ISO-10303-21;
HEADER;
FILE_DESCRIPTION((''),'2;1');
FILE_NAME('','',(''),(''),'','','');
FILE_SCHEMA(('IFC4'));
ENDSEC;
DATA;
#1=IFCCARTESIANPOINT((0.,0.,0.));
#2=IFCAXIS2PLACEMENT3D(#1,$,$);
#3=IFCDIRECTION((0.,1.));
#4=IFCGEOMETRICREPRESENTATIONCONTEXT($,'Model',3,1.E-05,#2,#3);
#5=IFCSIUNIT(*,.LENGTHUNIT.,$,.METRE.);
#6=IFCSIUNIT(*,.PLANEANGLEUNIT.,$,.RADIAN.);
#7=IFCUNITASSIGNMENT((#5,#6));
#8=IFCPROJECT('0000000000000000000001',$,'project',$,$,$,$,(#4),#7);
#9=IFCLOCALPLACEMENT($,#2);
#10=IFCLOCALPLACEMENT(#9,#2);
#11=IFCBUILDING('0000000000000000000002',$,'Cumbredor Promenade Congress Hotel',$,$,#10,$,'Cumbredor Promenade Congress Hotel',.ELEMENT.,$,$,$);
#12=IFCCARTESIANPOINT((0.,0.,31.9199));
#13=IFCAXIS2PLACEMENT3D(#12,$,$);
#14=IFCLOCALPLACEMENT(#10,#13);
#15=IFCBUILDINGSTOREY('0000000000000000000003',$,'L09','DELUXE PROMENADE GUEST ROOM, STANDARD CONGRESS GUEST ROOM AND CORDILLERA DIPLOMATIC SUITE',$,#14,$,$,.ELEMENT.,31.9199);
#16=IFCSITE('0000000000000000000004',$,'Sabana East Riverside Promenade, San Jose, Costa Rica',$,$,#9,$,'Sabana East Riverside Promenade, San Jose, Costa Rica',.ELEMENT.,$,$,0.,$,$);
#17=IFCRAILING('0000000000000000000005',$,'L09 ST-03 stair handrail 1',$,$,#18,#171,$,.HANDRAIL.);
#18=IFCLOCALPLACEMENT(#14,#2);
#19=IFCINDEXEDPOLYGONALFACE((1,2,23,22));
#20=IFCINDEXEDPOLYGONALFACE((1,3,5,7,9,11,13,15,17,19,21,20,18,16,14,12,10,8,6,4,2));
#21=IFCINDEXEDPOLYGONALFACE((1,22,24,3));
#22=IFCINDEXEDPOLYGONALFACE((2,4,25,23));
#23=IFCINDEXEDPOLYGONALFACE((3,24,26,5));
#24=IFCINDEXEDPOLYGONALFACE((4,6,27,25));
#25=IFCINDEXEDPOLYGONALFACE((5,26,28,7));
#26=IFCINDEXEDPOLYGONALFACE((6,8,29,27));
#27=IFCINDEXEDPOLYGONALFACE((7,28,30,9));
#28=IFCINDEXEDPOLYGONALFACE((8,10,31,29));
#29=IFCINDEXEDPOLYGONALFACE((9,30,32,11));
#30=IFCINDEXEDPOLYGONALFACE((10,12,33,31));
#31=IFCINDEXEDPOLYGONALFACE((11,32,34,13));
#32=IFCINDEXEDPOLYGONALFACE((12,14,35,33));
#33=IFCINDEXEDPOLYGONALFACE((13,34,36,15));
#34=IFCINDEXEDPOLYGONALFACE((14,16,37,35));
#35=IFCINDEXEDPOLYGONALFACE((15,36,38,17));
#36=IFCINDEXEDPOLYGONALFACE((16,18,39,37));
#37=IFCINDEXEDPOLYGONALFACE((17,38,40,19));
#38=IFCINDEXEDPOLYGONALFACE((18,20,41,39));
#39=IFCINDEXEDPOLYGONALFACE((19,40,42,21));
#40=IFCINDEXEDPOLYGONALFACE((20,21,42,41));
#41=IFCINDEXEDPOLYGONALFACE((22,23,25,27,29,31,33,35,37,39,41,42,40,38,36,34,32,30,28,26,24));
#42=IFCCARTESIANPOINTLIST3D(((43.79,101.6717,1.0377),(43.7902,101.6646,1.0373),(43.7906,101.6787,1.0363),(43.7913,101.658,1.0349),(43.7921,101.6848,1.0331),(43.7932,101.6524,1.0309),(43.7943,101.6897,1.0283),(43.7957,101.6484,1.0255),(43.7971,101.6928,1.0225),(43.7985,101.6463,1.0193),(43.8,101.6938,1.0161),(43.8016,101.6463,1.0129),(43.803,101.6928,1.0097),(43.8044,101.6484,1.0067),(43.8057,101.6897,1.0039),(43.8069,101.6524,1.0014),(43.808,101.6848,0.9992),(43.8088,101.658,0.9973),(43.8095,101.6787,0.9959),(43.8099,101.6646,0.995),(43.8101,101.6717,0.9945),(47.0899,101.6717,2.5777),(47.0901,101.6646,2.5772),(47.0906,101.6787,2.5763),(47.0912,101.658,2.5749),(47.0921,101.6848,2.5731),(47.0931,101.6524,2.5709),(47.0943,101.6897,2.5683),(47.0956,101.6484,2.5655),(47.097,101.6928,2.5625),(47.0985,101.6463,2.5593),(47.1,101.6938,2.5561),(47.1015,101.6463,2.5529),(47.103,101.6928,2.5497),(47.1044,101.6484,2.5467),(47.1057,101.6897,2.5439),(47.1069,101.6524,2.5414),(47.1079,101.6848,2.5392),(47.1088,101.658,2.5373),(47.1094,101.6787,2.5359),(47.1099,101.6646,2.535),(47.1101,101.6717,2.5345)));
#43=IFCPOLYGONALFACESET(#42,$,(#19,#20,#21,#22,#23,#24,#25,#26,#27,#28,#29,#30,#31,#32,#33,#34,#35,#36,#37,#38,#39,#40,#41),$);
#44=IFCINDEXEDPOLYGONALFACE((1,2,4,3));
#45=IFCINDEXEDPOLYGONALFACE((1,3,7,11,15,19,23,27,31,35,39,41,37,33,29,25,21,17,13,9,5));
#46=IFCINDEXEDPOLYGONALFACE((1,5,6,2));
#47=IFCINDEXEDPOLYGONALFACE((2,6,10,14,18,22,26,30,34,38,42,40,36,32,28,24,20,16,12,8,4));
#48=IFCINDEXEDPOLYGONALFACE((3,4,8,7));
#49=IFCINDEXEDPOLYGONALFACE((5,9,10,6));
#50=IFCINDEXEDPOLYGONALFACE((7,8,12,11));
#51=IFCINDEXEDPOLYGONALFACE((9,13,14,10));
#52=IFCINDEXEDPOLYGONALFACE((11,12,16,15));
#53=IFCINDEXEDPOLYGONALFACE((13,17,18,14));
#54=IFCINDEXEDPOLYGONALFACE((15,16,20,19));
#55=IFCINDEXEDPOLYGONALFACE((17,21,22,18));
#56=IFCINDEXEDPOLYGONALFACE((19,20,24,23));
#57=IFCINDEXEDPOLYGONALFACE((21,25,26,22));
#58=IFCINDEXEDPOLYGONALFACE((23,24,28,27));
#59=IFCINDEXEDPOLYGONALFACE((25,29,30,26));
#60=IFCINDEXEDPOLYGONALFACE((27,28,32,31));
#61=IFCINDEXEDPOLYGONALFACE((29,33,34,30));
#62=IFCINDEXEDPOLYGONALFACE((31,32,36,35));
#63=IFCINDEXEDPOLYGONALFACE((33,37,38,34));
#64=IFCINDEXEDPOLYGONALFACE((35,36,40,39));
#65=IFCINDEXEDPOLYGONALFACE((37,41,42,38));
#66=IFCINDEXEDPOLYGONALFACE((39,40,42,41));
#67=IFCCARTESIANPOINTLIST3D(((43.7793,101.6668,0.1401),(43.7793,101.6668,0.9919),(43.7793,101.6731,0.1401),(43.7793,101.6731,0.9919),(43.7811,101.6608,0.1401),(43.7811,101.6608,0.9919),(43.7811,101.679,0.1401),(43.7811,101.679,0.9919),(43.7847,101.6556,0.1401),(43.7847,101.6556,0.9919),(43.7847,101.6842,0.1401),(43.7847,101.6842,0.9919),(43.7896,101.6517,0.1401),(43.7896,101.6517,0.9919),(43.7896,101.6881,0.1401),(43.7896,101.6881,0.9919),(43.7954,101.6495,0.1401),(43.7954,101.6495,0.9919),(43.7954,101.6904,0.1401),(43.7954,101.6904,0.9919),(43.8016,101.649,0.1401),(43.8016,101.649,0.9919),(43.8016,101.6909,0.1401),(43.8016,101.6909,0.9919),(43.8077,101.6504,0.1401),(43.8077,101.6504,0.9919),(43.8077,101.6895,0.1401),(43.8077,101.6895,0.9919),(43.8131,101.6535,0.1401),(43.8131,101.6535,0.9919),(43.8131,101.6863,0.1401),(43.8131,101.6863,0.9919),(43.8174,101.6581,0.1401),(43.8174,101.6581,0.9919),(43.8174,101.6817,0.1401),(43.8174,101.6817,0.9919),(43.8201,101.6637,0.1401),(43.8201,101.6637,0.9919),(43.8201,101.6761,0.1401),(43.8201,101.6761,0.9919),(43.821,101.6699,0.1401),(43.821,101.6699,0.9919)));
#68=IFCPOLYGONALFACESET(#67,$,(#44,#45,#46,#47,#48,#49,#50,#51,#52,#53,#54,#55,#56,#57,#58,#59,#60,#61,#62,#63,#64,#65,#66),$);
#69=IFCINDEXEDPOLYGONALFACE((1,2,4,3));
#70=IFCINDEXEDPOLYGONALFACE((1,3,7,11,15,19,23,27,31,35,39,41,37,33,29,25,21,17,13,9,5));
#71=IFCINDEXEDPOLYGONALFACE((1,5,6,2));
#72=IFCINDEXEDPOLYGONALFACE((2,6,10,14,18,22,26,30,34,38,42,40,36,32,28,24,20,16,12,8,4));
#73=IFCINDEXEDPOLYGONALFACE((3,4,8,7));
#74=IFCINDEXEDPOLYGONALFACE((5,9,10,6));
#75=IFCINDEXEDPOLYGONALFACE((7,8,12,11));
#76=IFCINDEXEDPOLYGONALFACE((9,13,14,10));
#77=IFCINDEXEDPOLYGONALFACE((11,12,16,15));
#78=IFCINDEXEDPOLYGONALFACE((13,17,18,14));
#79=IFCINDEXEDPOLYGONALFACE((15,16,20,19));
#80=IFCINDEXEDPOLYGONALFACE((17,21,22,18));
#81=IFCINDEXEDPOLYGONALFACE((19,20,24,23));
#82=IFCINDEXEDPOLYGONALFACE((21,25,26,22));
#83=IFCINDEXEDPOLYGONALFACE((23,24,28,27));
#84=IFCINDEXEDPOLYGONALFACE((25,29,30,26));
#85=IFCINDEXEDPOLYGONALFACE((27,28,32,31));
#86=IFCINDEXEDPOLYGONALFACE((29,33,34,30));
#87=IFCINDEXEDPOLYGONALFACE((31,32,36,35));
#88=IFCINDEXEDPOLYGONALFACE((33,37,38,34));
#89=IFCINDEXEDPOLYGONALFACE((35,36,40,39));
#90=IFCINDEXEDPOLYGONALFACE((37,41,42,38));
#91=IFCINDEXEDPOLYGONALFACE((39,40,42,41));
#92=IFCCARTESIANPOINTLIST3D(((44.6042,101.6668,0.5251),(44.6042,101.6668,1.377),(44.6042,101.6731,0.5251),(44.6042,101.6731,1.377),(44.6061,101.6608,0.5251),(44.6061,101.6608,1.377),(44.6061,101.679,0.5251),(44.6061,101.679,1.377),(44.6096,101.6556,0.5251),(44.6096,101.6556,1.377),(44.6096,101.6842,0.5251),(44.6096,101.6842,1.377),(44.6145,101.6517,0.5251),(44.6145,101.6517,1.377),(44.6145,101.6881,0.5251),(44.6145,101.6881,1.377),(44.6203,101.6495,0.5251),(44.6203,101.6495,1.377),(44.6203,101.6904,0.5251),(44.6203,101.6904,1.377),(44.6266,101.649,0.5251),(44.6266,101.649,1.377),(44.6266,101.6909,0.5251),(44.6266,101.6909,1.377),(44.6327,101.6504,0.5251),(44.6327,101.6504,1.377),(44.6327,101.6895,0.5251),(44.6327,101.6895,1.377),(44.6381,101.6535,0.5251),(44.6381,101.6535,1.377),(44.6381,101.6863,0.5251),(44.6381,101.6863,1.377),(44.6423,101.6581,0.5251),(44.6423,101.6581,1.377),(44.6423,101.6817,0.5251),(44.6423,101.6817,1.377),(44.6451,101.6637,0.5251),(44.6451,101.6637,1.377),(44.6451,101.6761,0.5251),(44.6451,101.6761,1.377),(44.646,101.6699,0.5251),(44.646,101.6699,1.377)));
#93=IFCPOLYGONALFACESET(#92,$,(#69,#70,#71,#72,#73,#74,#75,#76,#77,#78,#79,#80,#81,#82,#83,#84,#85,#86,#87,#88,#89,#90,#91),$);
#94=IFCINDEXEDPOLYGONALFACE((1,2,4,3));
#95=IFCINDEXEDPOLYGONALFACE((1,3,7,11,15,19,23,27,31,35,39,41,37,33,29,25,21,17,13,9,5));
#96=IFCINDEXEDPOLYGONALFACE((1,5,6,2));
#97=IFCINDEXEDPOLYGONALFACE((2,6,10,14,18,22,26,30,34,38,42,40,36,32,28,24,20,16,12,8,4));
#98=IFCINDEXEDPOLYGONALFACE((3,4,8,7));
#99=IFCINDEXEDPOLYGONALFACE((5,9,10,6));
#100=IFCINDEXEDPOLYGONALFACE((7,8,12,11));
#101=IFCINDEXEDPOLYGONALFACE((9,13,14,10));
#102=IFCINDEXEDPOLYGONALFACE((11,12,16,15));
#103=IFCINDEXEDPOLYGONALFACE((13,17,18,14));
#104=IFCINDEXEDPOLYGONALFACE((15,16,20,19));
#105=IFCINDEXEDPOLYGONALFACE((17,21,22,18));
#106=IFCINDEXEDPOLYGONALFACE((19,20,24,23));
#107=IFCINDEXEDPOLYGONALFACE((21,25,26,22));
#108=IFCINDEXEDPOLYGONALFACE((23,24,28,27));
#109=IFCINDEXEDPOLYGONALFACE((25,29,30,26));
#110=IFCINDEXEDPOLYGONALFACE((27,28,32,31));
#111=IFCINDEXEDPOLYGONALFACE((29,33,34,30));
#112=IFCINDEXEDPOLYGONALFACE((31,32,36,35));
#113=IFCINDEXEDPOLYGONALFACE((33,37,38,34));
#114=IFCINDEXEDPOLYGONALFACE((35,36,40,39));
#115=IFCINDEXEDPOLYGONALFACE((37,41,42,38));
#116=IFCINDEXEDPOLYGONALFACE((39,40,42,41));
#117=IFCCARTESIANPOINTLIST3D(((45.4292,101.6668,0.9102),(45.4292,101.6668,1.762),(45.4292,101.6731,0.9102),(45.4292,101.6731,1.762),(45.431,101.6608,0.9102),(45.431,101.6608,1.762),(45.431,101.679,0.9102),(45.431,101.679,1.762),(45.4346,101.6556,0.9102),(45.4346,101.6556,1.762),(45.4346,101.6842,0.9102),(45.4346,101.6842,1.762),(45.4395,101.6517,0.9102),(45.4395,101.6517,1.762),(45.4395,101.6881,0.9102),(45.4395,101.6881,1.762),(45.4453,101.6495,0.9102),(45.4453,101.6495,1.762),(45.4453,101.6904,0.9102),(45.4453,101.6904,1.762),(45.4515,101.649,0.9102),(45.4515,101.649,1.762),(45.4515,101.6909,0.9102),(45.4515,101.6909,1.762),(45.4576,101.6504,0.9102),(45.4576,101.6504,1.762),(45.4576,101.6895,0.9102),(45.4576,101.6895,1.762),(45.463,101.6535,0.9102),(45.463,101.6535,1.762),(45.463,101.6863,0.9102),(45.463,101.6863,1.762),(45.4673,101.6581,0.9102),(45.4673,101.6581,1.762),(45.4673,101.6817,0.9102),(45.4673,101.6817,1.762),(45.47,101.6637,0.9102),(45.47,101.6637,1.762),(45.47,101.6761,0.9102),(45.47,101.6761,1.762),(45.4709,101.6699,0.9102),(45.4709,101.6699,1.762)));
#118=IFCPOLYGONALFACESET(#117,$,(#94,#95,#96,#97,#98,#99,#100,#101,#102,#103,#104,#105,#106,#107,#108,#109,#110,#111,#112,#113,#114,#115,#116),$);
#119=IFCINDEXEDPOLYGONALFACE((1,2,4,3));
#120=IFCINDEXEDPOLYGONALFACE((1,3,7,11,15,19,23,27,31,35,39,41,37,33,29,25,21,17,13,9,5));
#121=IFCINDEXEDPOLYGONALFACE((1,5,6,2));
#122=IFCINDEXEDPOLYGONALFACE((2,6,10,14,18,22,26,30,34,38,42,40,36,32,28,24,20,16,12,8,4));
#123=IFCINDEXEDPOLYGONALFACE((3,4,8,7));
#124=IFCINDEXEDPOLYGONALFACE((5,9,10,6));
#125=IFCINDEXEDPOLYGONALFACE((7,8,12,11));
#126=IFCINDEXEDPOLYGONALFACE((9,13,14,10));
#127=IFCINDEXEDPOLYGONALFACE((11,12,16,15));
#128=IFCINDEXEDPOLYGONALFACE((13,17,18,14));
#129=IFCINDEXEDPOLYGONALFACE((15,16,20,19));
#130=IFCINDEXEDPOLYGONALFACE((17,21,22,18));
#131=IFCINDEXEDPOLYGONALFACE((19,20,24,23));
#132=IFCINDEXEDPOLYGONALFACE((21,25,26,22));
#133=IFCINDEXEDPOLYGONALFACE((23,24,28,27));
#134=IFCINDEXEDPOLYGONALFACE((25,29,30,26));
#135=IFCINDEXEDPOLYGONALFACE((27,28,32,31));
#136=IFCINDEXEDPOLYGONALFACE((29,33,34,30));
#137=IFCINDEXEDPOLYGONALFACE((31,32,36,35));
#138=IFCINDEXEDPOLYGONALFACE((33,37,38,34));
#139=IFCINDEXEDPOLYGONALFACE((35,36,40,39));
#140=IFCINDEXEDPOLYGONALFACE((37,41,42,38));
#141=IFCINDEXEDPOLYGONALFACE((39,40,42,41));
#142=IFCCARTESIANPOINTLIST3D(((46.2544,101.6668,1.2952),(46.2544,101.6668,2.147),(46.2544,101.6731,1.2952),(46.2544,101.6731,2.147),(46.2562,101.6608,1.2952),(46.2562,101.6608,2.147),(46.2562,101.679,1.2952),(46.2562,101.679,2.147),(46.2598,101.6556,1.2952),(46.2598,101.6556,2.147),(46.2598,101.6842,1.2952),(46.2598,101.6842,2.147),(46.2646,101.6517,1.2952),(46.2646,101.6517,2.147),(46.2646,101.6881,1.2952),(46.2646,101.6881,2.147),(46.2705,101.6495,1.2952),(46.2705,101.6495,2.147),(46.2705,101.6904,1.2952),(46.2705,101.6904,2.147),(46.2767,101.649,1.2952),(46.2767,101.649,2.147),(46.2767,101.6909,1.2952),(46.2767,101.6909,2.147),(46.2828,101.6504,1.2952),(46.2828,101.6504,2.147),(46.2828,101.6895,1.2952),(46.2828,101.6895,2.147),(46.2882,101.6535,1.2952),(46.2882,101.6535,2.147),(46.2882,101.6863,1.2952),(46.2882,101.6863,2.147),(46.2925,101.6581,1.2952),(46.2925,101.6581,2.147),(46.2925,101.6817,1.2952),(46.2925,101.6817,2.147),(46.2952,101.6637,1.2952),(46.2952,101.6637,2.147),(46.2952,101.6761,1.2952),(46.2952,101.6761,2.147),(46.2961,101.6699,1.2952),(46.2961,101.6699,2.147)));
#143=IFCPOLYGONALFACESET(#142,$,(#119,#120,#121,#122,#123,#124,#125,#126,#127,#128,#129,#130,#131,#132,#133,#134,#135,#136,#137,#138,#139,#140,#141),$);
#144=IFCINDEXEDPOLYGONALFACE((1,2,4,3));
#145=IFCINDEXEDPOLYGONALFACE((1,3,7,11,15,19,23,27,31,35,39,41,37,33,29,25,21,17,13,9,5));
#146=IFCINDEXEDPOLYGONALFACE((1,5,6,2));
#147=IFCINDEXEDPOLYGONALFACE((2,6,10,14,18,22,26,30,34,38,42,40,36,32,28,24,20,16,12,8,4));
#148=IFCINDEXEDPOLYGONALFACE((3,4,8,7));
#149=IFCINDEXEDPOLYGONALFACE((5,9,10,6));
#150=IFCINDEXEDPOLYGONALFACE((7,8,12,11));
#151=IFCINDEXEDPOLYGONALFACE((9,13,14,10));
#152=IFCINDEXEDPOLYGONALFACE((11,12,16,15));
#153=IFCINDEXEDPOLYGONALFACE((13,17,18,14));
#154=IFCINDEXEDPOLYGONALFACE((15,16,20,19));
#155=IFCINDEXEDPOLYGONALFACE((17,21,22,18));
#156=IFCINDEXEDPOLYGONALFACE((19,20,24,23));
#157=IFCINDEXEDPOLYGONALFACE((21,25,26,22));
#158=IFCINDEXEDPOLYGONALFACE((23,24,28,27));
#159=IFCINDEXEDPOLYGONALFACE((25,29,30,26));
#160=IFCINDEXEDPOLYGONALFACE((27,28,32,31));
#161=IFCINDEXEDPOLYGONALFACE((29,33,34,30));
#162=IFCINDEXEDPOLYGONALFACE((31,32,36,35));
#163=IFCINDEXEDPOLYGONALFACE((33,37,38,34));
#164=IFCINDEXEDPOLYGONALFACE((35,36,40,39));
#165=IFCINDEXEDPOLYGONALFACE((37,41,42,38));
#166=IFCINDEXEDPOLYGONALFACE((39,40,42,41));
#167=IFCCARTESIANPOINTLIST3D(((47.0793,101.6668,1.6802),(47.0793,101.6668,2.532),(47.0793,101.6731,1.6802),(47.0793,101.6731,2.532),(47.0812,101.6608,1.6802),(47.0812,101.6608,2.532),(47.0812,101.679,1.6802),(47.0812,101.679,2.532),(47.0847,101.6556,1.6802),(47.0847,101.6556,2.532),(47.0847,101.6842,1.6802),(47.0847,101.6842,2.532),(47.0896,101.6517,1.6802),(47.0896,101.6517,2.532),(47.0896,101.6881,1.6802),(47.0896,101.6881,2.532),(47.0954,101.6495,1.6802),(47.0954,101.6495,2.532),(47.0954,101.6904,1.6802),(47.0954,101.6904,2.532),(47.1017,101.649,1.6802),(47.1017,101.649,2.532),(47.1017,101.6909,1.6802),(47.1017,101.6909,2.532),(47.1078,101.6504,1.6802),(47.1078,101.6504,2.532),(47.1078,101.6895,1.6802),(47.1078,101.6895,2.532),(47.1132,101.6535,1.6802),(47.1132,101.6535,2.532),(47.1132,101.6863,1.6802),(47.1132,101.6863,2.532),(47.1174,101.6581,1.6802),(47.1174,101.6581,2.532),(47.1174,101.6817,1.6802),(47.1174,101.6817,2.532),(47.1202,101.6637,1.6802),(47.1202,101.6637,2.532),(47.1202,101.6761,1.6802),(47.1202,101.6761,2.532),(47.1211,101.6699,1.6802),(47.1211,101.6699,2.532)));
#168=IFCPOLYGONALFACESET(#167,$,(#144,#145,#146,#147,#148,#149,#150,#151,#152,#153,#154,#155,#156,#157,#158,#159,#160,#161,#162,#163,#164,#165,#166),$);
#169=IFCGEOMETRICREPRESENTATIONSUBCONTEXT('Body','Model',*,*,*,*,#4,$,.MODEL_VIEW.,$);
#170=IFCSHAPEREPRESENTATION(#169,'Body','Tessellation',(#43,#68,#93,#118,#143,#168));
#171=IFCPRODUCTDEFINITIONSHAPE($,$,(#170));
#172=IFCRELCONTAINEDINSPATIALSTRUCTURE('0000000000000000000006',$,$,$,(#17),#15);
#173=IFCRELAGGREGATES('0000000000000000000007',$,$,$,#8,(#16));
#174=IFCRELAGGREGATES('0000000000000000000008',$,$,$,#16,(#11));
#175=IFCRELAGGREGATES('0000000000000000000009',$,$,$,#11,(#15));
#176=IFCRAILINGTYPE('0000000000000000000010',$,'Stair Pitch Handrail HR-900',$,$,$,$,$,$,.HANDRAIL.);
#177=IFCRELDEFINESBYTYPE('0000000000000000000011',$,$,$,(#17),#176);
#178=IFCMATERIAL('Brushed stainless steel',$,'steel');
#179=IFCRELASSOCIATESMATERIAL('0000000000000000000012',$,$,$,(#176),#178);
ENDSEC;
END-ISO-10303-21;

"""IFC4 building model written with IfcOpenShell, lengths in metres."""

from ifc_helpers import new_model, si_unit, direction, frame, origin, origin_2d, place, context, subcontext, project, spatial, circle, extrude, material, type_object, element, save


model = new_model("IFC4")

# Units and contexts
model_context = context("Model", 3, precision=1e-05, world=origin(), true_north=direction((0.0, 1.0)))
body_context = subcontext(model_context, "Body", "Model", "MODEL_VIEW")
ifc_project = project(units=[si_unit("LENGTHUNIT", "METRE"), si_unit("PLANEANGLEUNIT", "RADIAN")], contexts=[model_context])

# Site, building, storey
site_placement = place(None, origin())
site = spatial("IfcSite", under=ifc_project, at=site_placement, Name="Sabana East Riverside Promenade, San Jose, Costa Rica", LongName="Sabana East Riverside Promenade, San Jose, Costa Rica", CompositionType="ELEMENT", RefElevation=0.0)
building_placement = place(site_placement, origin())
building = spatial("IfcBuilding", under=site, at=building_placement, Name="Cumbredor Promenade Congress Hotel", LongName="Cumbredor Promenade Congress Hotel", CompositionType="ELEMENT")
storey_placement = place(building_placement, frame((0.0, 0.0, 31.9199)))
storey = spatial("IfcBuildingStorey", under=building, at=storey_placement, Name="L09", Description="DELUXE PROMENADE GUEST ROOM, STANDARD CONGRESS GUEST ROOM AND CORDILLERA DIPLOMATIC SUITE", CompositionType="ELEMENT", Elevation=31.9199)

# Railing
ifc_material_1 = material(Name="Brushed stainless steel", Category="steel")
railing_type_1 = type_object("IfcRailingType", Name="Stair Pitch Handrail HR-900", PredefinedType="HANDRAIL", material=ifc_material_1)
railing_1_placement = place(storey_placement, frame((43.8, 101.6699, 0.1401)))
element("IfcRailing", 1, at=railing_1_placement, inside=storey, type_object=railing_type_1, Name="L09 ST-03 stair handrail 1", PredefinedType="HANDRAIL", context=body_context, shape_type="SweptSolid", body=[
    extrude(circle(Radius=0.0239, at=origin_2d()), frame((0.0, 0.0, 0.876), z_axis=(0.906181, 0.0, 0.422889), x_axis=(0.0, 1.0, 0.0)), (0.0, 0.0, 1.0), 3.6416),
    extrude(circle(Radius=0.021, at=origin_2d()), origin(), (0.0, 0.0, 1.0), 0.8518),
    extrude(circle(Radius=0.021, at=origin_2d()), frame((0.825, 0.0, 0.385)), (0.0, 0.0, 1.0), 0.8518),
    extrude(circle(Radius=0.021, at=origin_2d()), frame((1.6499, 0.0, 0.77)), (0.0, 0.0, 1.0), 0.8518),
    extrude(circle(Radius=0.021, at=origin_2d()), frame((2.4751, 0.0, 1.155)), (0.0, 0.0, 1.0), 0.8518),
    extrude(circle(Radius=0.021, at=origin_2d()), frame((3.3, 0.0, 1.54)), (0.0, 0.0, 1.0), 0.8518),
])

save(model, "model.ifc")
